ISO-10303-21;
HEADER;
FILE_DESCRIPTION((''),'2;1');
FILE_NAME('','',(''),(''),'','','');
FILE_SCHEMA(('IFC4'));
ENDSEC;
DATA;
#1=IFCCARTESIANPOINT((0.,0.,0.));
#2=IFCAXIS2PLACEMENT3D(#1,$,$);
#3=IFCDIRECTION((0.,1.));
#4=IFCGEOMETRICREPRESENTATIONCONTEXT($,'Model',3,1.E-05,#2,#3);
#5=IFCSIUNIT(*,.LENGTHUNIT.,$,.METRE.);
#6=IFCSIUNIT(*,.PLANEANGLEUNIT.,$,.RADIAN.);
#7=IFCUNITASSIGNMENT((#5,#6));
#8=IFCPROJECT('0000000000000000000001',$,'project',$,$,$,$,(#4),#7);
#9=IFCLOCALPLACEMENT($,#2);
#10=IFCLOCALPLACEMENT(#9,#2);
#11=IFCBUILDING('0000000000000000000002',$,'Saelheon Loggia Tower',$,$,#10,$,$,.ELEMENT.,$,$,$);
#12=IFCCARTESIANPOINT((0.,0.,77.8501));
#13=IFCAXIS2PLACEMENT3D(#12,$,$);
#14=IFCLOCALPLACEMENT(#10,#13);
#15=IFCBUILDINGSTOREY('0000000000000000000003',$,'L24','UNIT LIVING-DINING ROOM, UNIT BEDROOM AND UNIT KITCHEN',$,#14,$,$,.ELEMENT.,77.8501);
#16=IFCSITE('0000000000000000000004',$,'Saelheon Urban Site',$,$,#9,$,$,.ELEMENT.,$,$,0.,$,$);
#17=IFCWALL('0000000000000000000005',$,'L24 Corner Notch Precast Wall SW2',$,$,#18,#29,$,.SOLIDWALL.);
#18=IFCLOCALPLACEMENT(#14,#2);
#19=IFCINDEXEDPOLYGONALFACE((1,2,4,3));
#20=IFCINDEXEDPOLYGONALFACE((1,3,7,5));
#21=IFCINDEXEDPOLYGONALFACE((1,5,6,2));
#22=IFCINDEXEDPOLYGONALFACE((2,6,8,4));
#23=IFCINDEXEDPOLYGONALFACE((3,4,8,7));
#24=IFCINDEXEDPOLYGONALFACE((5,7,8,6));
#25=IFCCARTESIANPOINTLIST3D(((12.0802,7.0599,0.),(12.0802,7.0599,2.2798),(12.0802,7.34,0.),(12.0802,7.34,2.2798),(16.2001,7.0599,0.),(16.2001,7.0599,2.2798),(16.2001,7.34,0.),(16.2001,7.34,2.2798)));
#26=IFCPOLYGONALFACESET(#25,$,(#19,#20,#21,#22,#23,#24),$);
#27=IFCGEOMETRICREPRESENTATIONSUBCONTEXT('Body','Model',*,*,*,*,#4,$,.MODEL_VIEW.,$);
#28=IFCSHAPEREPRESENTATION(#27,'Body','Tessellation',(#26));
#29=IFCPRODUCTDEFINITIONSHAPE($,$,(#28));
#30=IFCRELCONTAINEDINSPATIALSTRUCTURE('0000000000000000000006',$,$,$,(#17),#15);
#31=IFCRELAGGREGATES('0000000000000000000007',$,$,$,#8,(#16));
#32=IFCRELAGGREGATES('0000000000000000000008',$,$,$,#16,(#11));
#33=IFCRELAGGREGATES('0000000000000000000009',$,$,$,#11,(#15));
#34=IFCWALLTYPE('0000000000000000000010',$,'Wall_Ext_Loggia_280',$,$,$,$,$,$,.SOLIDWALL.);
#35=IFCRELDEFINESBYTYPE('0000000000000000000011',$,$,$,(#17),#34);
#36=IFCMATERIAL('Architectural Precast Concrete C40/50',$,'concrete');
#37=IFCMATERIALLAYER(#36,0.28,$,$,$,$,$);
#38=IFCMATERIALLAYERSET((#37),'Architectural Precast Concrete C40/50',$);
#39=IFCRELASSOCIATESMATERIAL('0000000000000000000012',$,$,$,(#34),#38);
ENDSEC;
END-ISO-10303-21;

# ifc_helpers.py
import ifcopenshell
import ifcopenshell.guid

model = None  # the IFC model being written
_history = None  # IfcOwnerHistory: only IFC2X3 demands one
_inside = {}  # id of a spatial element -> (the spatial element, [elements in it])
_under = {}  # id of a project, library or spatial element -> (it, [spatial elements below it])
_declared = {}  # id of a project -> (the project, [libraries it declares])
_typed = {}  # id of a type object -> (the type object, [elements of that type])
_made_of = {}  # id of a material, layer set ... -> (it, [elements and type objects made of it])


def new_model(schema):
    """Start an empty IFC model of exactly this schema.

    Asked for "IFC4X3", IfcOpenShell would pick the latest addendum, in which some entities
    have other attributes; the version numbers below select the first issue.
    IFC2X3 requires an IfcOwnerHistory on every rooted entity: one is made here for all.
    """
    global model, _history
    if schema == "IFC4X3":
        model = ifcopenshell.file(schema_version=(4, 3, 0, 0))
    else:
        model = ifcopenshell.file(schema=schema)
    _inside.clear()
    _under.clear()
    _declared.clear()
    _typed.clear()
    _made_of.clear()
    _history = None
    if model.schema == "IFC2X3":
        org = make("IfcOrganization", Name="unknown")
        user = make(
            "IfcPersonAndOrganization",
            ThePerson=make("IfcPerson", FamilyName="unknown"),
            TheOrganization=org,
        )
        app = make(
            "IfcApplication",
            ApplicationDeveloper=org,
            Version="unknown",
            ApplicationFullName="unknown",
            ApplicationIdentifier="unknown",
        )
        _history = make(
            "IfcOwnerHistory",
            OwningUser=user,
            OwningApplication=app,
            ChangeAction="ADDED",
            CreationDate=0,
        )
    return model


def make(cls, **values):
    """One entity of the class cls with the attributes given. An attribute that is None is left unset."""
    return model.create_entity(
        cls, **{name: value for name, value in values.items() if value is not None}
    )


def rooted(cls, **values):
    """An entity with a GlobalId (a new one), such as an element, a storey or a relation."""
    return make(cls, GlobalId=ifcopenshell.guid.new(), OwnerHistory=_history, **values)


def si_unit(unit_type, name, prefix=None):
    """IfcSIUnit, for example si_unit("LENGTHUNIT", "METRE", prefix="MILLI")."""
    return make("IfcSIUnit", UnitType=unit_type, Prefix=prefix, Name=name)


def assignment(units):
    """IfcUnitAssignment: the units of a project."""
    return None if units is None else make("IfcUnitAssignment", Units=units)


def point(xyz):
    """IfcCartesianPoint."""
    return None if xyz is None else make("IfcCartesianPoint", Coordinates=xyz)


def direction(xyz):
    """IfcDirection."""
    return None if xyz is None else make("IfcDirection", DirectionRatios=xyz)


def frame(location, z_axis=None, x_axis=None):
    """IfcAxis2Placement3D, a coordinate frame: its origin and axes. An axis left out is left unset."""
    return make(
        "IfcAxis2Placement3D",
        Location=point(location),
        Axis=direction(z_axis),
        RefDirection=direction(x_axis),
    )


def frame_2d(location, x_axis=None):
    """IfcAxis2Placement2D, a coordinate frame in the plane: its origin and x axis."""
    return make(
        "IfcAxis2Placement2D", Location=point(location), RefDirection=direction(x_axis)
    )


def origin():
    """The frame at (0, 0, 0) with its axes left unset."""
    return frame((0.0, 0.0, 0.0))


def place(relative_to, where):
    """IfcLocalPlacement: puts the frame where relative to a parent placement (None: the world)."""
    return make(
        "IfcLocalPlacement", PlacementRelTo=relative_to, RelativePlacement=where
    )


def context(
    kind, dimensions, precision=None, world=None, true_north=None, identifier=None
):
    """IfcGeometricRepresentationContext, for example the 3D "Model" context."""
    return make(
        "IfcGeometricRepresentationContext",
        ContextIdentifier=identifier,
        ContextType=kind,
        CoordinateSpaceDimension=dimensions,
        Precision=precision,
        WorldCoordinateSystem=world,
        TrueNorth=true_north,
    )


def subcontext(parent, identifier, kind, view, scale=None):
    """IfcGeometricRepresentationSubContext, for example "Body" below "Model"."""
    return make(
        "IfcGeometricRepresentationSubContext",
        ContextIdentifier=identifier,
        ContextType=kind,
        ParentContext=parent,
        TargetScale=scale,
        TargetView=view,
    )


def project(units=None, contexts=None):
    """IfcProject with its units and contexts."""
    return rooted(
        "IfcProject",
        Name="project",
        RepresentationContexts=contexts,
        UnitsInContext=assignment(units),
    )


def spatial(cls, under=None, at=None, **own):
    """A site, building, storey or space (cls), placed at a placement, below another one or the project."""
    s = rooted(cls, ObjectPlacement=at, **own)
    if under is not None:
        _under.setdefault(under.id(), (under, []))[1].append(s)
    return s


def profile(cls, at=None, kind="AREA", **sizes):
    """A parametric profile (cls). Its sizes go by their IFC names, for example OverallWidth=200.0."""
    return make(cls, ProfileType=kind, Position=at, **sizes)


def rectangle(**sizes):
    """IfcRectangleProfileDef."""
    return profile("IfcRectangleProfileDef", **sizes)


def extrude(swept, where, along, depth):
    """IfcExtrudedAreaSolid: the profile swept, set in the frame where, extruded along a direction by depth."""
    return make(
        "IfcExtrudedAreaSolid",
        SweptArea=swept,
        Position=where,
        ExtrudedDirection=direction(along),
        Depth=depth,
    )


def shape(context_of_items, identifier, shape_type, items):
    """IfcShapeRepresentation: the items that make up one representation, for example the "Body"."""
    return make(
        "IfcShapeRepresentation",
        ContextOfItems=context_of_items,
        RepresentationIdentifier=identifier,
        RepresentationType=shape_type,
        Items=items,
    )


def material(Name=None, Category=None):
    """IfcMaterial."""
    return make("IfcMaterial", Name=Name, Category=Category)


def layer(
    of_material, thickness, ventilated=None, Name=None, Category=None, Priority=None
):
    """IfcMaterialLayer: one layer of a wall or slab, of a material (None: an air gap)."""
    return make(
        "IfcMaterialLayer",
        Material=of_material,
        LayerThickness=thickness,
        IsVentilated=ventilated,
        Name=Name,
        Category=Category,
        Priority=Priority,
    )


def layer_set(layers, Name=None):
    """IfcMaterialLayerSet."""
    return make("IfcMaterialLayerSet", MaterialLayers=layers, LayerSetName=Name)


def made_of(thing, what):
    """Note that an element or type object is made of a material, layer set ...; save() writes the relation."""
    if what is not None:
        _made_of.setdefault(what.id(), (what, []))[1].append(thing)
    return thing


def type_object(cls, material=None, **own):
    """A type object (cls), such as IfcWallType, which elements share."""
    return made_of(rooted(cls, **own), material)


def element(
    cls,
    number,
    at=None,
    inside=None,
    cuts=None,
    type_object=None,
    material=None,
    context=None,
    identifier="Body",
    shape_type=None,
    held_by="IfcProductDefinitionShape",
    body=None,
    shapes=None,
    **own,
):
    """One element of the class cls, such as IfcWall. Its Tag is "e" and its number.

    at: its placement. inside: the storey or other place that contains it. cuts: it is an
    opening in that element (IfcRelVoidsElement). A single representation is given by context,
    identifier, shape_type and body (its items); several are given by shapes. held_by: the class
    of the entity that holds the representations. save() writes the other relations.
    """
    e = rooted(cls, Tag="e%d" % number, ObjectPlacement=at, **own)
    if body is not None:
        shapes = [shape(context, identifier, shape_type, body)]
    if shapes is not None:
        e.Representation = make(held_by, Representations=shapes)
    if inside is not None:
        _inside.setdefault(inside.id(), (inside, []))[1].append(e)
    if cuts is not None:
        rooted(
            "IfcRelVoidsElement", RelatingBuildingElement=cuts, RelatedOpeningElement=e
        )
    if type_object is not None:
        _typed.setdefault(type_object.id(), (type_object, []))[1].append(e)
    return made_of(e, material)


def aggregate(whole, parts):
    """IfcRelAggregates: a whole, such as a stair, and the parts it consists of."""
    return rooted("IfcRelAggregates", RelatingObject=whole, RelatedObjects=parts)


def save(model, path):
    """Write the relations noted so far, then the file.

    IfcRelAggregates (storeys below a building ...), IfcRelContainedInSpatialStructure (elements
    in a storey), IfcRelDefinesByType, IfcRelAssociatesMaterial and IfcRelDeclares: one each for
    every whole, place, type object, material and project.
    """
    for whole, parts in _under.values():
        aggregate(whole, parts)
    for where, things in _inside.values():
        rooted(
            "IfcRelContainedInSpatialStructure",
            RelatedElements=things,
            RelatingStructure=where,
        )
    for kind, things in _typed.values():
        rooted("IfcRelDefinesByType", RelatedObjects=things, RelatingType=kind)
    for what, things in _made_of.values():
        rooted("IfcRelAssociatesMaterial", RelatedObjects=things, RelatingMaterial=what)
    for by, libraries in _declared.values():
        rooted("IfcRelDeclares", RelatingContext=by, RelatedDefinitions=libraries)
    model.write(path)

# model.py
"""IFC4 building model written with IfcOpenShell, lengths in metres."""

from ifc_helpers import new_model, si_unit, direction, frame, frame_2d, origin, place, context, subcontext, project, spatial, rectangle, extrude, material, layer, layer_set, type_object, element, save


model = new_model("IFC4")

# Units and contexts
model_context = context("Model", 3, precision=1e-05, world=origin(), true_north=direction((0.0, 1.0)))
body_context = subcontext(model_context, "Body", "Model", "MODEL_VIEW")
ifc_project = project(units=[si_unit("LENGTHUNIT", "METRE"), si_unit("PLANEANGLEUNIT", "RADIAN")], contexts=[model_context])

# Site, building, storey
site_placement = place(None, origin())
site = spatial("IfcSite", under=ifc_project, at=site_placement, Name="Saelheon Urban Site", CompositionType="ELEMENT", RefElevation=0.0)
building_placement = place(site_placement, origin())
building = spatial("IfcBuilding", under=site, at=building_placement, Name="Saelheon Loggia Tower", CompositionType="ELEMENT")
storey_placement = place(building_placement, frame((0.0, 0.0, 77.8501)))
storey = spatial("IfcBuildingStorey", under=building, at=storey_placement, Name="L24", Description="UNIT LIVING-DINING ROOM, UNIT BEDROOM AND UNIT KITCHEN", CompositionType="ELEMENT", Elevation=77.8501)

# Shared definitions
ifc_material_1 = material(Name="Architectural Precast Concrete C40/50", Category="concrete")
ifc_layer = layer(ifc_material_1, 0.28)
ifc_layer_set = layer_set([ifc_layer], Name="Architectural Precast Concrete C40/50")
wall_type = type_object("IfcWallType", Name="Wall_Ext_Loggia_280", PredefinedType="SOLIDWALL", material=ifc_layer_set)

# Wall
wall_1_placement = place(storey_placement, frame((12.0801, 7.2, 0.0), z_axis=(0.0, 0.0, 1.0), x_axis=(1.0, 0.0, 0.0)))
element("IfcWall", 1, at=wall_1_placement, inside=storey, type_object=wall_type, Name="L24 Corner Notch Precast Wall SW2", PredefinedType="SOLIDWALL", context=body_context, shape_type="SweptSolid", body=[
    extrude(rectangle(XDim=4.1199, YDim=0.28, at=frame_2d((2.0601, 0.0))), origin(), (0.0, 0.0, 1.0), 2.2798),
])

save(model, "model.ifc")
